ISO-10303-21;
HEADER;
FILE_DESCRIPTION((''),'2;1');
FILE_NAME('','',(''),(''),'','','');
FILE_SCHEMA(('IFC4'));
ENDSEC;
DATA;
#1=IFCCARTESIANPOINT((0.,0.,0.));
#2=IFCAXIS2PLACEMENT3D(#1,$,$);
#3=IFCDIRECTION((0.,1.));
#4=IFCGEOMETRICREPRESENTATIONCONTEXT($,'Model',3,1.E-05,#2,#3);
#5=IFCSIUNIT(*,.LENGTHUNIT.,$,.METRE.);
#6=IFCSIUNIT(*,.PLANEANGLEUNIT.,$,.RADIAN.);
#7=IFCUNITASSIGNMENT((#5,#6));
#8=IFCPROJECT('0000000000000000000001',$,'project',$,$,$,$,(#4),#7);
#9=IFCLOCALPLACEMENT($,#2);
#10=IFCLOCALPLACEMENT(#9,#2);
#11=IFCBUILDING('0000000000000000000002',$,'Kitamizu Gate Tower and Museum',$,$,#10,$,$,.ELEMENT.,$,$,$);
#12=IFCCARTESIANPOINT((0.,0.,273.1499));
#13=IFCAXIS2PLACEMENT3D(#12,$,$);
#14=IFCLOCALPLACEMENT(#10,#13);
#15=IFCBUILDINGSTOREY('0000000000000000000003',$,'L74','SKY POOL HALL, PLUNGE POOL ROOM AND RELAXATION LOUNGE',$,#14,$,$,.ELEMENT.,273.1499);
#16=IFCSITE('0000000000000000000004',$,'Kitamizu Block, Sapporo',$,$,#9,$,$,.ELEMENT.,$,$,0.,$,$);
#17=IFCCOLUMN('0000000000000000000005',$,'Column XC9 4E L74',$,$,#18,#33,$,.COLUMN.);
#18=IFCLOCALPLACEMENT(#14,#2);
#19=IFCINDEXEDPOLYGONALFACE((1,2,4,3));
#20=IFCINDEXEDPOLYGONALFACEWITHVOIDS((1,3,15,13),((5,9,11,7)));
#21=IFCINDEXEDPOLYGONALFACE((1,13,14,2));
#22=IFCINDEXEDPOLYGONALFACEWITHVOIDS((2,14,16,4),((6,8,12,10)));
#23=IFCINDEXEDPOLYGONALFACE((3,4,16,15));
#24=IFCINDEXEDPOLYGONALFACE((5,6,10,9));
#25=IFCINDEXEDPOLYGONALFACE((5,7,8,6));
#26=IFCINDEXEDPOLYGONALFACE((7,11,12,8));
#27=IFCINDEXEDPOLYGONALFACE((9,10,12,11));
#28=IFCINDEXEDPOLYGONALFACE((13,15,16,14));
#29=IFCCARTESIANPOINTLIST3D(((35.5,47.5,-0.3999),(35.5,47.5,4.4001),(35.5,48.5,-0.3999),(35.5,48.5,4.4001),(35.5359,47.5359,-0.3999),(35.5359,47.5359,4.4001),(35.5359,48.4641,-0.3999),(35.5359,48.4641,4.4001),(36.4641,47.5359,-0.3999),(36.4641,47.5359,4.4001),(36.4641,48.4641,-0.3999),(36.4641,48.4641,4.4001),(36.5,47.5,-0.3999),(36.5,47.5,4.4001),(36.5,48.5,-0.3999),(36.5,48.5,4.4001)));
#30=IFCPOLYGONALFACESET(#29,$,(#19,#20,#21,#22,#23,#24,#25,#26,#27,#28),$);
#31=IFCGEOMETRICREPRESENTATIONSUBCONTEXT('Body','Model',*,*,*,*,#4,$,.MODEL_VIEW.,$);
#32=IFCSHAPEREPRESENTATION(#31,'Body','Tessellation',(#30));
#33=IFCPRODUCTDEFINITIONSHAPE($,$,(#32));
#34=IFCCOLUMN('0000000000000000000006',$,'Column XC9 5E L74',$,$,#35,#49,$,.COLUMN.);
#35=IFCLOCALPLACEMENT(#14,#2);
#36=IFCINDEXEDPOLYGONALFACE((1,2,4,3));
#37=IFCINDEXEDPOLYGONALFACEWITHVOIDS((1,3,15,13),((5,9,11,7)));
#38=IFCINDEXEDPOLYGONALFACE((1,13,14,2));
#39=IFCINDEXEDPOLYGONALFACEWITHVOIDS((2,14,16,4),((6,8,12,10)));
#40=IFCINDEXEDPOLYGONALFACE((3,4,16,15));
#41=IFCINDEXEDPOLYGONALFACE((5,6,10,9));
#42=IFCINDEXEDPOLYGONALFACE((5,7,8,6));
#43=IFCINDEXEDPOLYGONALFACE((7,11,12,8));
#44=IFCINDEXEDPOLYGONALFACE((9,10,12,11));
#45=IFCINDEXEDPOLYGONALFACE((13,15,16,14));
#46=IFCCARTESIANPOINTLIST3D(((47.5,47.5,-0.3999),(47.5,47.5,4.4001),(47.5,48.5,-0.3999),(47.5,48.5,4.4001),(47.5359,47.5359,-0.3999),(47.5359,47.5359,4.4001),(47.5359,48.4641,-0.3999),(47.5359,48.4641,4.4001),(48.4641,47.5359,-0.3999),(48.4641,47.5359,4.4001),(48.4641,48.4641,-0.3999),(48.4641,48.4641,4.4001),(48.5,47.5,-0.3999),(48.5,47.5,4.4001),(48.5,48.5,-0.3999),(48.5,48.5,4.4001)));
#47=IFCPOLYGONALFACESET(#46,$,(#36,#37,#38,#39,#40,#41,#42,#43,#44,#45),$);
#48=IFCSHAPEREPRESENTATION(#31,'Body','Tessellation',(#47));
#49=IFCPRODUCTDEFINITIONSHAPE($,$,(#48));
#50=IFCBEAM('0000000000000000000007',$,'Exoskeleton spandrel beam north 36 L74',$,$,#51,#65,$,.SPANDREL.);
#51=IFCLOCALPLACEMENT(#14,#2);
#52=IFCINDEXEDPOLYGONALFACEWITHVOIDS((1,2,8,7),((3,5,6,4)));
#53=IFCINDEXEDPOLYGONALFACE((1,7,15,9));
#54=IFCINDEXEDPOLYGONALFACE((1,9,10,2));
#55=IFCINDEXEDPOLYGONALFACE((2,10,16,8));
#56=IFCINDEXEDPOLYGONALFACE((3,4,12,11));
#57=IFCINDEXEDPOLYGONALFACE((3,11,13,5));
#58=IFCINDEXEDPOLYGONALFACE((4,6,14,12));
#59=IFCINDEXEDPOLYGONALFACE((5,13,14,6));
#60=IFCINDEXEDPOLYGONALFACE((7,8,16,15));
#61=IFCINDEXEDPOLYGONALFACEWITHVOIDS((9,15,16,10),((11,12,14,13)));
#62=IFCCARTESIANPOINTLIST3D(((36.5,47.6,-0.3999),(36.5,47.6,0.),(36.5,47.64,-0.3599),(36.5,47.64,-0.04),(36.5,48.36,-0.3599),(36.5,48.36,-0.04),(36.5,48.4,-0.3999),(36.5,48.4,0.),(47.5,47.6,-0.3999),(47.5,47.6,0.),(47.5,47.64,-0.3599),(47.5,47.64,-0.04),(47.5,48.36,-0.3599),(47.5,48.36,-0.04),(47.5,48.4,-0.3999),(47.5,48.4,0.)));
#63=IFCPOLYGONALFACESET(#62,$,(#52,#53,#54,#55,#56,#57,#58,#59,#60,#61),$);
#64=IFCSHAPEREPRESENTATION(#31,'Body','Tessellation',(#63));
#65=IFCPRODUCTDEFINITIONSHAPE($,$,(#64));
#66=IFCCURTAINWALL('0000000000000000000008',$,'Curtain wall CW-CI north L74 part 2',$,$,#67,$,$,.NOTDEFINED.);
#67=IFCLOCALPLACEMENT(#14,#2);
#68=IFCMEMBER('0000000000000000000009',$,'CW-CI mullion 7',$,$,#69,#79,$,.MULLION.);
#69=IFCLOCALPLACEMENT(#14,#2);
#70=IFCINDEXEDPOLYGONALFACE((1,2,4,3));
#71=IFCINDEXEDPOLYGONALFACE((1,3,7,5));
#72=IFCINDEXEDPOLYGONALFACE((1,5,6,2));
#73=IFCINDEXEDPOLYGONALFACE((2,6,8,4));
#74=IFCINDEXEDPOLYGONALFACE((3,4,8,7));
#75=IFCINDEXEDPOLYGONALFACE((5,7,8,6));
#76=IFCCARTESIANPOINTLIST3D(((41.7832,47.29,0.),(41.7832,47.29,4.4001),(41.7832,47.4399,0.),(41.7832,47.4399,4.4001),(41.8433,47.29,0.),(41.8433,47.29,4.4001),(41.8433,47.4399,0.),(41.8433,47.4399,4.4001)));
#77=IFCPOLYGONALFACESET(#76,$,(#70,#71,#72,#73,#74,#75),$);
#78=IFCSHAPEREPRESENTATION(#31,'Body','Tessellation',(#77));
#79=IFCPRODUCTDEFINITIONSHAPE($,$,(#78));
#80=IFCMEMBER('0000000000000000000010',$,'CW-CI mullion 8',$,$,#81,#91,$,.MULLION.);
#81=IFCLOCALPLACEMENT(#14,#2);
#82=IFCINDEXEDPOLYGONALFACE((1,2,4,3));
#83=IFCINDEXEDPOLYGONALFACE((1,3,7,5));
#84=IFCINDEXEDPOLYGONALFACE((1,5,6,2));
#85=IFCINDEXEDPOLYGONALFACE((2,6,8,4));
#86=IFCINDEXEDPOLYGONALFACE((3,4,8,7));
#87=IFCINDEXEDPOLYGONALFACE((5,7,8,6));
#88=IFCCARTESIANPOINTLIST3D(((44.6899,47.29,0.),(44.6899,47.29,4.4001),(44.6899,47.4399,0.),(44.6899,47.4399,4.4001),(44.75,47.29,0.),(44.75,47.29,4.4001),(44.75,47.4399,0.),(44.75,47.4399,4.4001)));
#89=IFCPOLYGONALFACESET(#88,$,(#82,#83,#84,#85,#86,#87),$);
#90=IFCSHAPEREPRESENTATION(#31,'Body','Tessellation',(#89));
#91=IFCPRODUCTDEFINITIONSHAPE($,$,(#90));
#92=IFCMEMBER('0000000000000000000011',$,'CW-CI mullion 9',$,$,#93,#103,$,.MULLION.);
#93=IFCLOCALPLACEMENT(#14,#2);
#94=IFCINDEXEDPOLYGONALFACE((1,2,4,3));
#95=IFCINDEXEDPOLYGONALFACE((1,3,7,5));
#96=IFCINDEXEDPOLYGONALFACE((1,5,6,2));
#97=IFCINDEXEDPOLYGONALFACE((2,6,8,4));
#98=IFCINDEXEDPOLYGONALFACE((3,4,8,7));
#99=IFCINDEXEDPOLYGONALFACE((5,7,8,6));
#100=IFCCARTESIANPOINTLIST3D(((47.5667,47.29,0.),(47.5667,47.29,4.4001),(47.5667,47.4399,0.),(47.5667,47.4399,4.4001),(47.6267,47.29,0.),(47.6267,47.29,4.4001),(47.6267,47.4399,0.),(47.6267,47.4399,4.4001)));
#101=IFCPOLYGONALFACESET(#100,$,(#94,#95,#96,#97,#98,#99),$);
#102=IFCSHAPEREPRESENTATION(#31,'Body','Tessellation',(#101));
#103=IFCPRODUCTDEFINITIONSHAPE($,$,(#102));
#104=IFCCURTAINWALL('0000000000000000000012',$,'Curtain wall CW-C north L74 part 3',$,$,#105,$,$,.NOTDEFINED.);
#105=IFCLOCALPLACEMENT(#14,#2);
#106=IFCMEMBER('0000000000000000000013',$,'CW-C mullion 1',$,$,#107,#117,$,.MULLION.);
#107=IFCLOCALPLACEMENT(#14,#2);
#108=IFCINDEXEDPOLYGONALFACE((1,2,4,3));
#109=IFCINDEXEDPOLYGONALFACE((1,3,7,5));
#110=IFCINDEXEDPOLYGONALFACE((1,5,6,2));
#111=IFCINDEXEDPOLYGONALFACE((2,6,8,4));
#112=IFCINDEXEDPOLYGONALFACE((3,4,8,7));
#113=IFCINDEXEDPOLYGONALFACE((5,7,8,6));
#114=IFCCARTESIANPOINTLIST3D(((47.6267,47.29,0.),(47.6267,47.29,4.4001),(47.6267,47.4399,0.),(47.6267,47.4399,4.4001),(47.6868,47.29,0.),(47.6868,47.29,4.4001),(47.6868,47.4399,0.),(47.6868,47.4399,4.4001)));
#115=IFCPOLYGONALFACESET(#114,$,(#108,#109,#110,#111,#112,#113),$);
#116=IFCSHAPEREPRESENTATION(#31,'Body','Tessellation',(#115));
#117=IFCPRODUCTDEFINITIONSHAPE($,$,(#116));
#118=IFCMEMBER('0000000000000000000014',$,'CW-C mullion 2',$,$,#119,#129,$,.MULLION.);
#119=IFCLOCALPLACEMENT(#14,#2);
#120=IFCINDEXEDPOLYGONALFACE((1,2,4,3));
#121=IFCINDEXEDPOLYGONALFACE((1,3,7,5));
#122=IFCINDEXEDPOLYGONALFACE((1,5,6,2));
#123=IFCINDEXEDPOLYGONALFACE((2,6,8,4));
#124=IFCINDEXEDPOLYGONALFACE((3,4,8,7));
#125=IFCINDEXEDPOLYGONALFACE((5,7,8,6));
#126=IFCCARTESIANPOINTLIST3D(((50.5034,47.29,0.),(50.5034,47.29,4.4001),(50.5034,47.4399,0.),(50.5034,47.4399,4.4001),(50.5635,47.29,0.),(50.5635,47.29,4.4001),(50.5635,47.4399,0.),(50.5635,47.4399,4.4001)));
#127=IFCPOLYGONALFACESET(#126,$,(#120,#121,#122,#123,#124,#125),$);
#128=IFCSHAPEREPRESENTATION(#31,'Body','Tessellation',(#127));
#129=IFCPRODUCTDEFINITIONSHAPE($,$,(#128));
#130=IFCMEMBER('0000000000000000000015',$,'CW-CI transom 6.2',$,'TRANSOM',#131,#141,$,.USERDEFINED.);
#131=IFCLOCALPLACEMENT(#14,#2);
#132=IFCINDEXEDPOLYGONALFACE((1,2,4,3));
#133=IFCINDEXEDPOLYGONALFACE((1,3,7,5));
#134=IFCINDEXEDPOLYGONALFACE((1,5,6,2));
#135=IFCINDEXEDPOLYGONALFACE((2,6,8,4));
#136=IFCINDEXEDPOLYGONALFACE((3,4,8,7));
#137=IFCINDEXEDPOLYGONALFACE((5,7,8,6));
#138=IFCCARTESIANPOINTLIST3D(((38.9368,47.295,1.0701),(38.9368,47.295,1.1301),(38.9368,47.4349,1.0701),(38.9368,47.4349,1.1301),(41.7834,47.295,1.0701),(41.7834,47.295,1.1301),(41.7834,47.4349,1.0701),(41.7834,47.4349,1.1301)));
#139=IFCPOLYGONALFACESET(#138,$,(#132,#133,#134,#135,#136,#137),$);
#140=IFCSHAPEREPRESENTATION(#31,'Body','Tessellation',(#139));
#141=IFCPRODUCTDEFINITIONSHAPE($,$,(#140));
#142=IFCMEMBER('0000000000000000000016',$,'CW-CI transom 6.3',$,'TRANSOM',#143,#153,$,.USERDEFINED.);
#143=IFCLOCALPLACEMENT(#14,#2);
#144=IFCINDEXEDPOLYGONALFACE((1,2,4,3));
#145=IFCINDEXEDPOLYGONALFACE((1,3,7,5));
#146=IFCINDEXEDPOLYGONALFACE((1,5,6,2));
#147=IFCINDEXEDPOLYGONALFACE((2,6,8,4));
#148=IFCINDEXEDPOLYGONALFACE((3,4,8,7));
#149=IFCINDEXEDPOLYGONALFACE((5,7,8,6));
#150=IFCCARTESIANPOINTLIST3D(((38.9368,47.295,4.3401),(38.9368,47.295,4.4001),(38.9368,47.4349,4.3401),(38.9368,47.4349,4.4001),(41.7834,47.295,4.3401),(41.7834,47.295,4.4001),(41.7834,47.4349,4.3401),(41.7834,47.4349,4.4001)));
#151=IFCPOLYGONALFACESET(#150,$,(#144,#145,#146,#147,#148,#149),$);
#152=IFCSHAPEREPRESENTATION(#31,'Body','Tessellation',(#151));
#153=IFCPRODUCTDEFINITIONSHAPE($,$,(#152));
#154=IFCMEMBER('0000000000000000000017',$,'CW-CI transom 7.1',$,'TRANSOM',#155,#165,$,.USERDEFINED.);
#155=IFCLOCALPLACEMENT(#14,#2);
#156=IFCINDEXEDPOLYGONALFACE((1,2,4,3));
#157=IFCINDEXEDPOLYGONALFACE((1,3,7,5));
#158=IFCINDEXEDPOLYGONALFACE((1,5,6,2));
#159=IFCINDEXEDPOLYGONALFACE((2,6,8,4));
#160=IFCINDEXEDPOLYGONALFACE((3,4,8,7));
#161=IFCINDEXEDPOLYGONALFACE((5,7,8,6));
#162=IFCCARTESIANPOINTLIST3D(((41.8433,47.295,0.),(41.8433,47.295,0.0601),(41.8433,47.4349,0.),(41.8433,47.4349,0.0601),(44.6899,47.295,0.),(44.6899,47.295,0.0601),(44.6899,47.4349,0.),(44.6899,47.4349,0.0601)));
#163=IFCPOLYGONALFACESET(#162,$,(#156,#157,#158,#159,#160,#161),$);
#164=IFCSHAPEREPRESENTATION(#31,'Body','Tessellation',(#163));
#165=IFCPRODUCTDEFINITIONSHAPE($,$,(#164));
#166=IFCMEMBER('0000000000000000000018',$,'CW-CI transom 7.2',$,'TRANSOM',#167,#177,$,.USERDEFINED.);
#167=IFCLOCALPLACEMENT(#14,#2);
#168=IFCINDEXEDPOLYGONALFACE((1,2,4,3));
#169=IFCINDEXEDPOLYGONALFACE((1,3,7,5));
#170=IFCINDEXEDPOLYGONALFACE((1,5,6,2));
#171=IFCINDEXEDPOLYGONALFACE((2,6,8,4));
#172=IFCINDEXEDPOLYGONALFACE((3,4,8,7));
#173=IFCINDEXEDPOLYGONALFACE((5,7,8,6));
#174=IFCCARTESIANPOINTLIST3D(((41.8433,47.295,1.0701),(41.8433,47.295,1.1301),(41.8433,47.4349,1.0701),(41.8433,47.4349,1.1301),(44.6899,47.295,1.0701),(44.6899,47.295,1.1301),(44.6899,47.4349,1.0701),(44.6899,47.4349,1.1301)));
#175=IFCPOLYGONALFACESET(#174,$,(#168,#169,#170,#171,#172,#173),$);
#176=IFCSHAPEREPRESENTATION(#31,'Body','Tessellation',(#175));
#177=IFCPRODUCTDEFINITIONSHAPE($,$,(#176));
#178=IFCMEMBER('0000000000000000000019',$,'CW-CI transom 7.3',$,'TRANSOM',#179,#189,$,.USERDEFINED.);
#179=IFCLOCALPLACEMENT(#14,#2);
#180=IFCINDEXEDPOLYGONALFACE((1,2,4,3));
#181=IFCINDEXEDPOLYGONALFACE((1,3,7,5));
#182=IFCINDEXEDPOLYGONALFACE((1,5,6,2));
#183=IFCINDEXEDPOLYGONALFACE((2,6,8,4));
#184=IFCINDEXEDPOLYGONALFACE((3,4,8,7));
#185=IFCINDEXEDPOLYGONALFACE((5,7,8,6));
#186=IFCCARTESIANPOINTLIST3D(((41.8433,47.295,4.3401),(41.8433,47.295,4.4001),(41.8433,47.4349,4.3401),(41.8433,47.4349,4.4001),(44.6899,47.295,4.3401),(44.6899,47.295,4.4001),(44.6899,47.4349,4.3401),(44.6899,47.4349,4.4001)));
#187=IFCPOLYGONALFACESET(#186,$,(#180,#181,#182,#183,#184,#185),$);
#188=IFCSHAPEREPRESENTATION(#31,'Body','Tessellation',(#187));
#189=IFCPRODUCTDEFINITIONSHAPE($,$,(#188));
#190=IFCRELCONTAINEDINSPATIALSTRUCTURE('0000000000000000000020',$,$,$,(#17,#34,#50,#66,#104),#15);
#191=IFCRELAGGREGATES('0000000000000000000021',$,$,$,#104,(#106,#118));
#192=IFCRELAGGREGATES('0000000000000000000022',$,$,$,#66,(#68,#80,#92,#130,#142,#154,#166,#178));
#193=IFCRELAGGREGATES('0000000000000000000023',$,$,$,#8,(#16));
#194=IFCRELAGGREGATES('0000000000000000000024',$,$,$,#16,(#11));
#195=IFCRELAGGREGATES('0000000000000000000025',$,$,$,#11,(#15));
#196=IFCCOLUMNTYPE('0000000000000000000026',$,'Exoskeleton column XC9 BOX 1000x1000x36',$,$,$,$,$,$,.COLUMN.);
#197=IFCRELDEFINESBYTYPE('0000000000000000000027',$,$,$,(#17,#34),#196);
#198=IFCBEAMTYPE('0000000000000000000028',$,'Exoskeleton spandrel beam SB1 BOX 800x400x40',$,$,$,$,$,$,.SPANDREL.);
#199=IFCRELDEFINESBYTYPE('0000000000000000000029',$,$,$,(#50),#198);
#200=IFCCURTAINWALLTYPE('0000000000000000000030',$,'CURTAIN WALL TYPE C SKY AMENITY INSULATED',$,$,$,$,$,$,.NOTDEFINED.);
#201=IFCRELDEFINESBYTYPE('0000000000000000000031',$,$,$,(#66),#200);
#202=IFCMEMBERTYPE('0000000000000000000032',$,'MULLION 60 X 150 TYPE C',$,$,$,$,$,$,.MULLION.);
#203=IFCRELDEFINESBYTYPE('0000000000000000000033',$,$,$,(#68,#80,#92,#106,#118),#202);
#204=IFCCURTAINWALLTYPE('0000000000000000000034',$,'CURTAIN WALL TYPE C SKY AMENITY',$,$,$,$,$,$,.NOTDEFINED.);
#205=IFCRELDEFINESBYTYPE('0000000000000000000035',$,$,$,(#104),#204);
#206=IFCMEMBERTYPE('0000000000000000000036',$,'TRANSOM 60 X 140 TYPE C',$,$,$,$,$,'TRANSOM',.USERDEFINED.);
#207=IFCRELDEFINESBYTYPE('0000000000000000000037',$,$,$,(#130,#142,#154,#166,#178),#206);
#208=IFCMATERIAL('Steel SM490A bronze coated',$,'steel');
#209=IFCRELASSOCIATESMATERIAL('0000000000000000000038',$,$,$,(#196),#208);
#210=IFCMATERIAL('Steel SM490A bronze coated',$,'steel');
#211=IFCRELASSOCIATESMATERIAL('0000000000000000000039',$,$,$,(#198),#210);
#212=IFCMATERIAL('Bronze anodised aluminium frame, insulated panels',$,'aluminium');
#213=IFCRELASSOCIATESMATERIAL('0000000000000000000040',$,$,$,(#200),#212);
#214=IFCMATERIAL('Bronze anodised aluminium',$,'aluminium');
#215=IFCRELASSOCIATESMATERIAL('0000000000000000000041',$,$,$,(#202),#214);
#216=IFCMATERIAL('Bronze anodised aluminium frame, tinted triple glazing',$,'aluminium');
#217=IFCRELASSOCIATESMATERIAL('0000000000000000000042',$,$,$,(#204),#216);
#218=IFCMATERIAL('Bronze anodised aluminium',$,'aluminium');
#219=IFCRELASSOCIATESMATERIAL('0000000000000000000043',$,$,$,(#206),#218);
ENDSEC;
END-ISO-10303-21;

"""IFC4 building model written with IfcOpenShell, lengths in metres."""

from ifc_helpers import new_model, si_unit, direction, frame, origin, origin_2d, place, context, subcontext, project, spatial, rectangle, hollow_rectangle, extrude, material, material_profile, profile_set, type_object, element, aggregate, save


model = new_model("IFC4")

# Units and contexts
model_context = context("Model", 3, precision=1e-05, world=origin(), true_north=direction((0.0, 1.0)))
body_context = subcontext(model_context, "Body", "Model", "MODEL_VIEW")
ifc_project = project(units=[si_unit("LENGTHUNIT", "METRE"), si_unit("PLANEANGLEUNIT", "RADIAN")], contexts=[model_context])

# Site, building, storey
site_placement = place(None, origin())
site = spatial("IfcSite", under=ifc_project, at=site_placement, Name="Kitamizu Block, Sapporo", CompositionType="ELEMENT", RefElevation=0.0)
building_placement = place(site_placement, origin())
building = spatial("IfcBuilding", under=site, at=building_placement, Name="Kitamizu Gate Tower and Museum", CompositionType="ELEMENT")
storey_placement = place(building_placement, frame((0.0, 0.0, 273.1499)))
storey = spatial("IfcBuildingStorey", under=building, at=storey_placement, Name="L74", Description="SKY POOL HALL, PLUNGE POOL ROOM AND RELAXATION LOUNGE", CompositionType="ELEMENT", Elevation=273.1499)

# Columns
ifc_material_1 = material(Name="Steel SM490A bronze coated", Category="steel")
ifc_material_profile_1 = material_profile(ifc_material_1, hollow_rectangle(XDim=1.0, YDim=1.0, WallThickness=0.0359, at=origin_2d()), Name="BOX 1000x1000x36")
ifc_profile_set_1 = profile_set([ifc_material_profile_1], Name="Steel SM490A bronze coated")
column_type = type_object("IfcColumnType", Name="Exoskeleton column XC9 BOX 1000x1000x36", PredefinedType="COLUMN", material=ifc_profile_set_1)
for number, where, z_axis, x_axis, name in (
    (1, (36.0, 48.0, -0.3999), (0.0, 0.0, 1.0), (1.0, 0.0, 0.0), "Column XC9 4E L74"),
    (2, (48.0, 48.0, -0.3999), (0.0, 0.0, 1.0), (1.0, 0.0, 0.0), "Column XC9 5E L74"),
):
    element("IfcColumn", number, at=place(storey_placement, frame(where, z_axis=z_axis, x_axis=x_axis)), inside=storey, type_object=column_type, Name=name, PredefinedType="COLUMN", context=body_context, shape_type="SweptSolid", body=[
        extrude(hollow_rectangle(XDim=1.0, YDim=1.0, WallThickness=0.0359, at=origin_2d()), origin(), (0.0, 0.0, 1.0), 4.8),
    ])

# Beam
ifc_material_2 = material(Name="Steel SM490A bronze coated", Category="steel")
ifc_material_profile_2 = material_profile(ifc_material_2, hollow_rectangle(XDim=0.8, YDim=0.3999, WallThickness=0.04, at=origin_2d()), Name="BOX 800x400x40")
ifc_profile_set_2 = profile_set([ifc_material_profile_2], Name="Steel SM490A bronze coated")
beam_type = type_object("IfcBeamType", Name="Exoskeleton spandrel beam SB1 BOX 800x400x40", PredefinedType="SPANDREL", material=ifc_profile_set_2)
beam_placement = place(storey_placement, frame((36.5, 48.0, -0.2), z_axis=(1.0, 0.0, 0.0), x_axis=(0.0, 1.0, 0.0)))
element("IfcBeam", 3, at=beam_placement, inside=storey, type_object=beam_type, Name="Exoskeleton spandrel beam north 36 L74", PredefinedType="SPANDREL", context=body_context, shape_type="SweptSolid", body=[
    extrude(hollow_rectangle(XDim=0.8, YDim=0.3999, WallThickness=0.04, at=origin_2d()), origin(), (0.0, 0.0, 1.0), 11.0),
])

# Curtain walls, members
ifc_material_3 = material(Name="Bronze anodised aluminium frame, insulated panels", Category="aluminium")
curtain_wall_type_1 = type_object("IfcCurtainWallType", Name="CURTAIN WALL TYPE C SKY AMENITY INSULATED", PredefinedType="NOTDEFINED", material=ifc_material_3)
curtain_wall_1_placement = place(storey_placement, origin())
curtain_wall_1 = element("IfcCurtainWall", 4, at=curtain_wall_1_placement, inside=storey, type_object=curtain_wall_type_1, Name="Curtain wall CW-CI north L74 part 2", PredefinedType="NOTDEFINED")
ifc_material_4 = material(Name="Bronze anodised aluminium", Category="aluminium")
ifc_material_profile_3 = material_profile(ifc_material_4, rectangle(XDim=0.0601, YDim=0.1499, at=origin_2d()), Name="AL 60X150")
ifc_profile_set_3 = profile_set([ifc_material_profile_3], Name="Bronze anodised aluminium")
member_type_1 = type_object("IfcMemberType", Name="MULLION 60 X 150 TYPE C", PredefinedType="MULLION", material=ifc_profile_set_3)
member_1_placement = place(storey_placement, frame((41.8132, 47.365, 0.0), z_axis=(0.0, 0.0, 1.0), x_axis=(1.0, 0.0, 0.0)))
member_1 = element("IfcMember", 5, at=member_1_placement, type_object=member_type_1, Name="CW-CI mullion 7", PredefinedType="MULLION", context=body_context, shape_type="SweptSolid", body=[
    extrude(rectangle(XDim=0.0601, YDim=0.1499, at=origin_2d()), origin(), (0.0, 0.0, 1.0), 4.4001),
])
member_2_placement = place(storey_placement, frame((44.72, 47.365, 0.0), z_axis=(0.0, 0.0, 1.0), x_axis=(1.0, 0.0, 0.0)))
member_2 = element("IfcMember", 6, at=member_2_placement, type_object=member_type_1, Name="CW-CI mullion 8", PredefinedType="MULLION", context=body_context, shape_type="SweptSolid", body=[
    extrude(rectangle(XDim=0.0601, YDim=0.1499, at=origin_2d()), origin(), (0.0, 0.0, 1.0), 4.4001),
])
member_3_placement = place(storey_placement, frame((47.5967, 47.365, 0.0), z_axis=(0.0, 0.0, 1.0), x_axis=(1.0, 0.0, 0.0)))
member_3 = element("IfcMember", 7, at=member_3_placement, type_object=member_type_1, Name="CW-CI mullion 9", PredefinedType="MULLION", context=body_context, shape_type="SweptSolid", body=[
    extrude(rectangle(XDim=0.0601, YDim=0.1499, at=origin_2d()), origin(), (0.0, 0.0, 1.0), 4.4001),
])
ifc_material_5 = material(Name="Bronze anodised aluminium frame, tinted triple glazing", Category="aluminium")
curtain_wall_type_2 = type_object("IfcCurtainWallType", Name="CURTAIN WALL TYPE C SKY AMENITY", PredefinedType="NOTDEFINED", material=ifc_material_5)
curtain_wall_2_placement = place(storey_placement, origin())
curtain_wall_2 = element("IfcCurtainWall", 8, at=curtain_wall_2_placement, inside=storey, type_object=curtain_wall_type_2, Name="Curtain wall CW-C north L74 part 3", PredefinedType="NOTDEFINED")
member_4_placement = place(storey_placement, frame((47.6567, 47.365, 0.0), z_axis=(0.0, 0.0, 1.0), x_axis=(1.0, 0.0, 0.0)))
member_4 = element("IfcMember", 9, at=member_4_placement, type_object=member_type_1, Name="CW-C mullion 1", PredefinedType="MULLION", context=body_context, shape_type="SweptSolid", body=[
    extrude(rectangle(XDim=0.0601, YDim=0.1499, at=origin_2d()), origin(), (0.0, 0.0, 1.0), 4.4001),
])
member_5_placement = place(storey_placement, frame((50.5334, 47.365, 0.0), z_axis=(0.0, 0.0, 1.0), x_axis=(1.0, 0.0, 0.0)))
member_5 = element("IfcMember", 10, at=member_5_placement, type_object=member_type_1, Name="CW-C mullion 2", PredefinedType="MULLION", context=body_context, shape_type="SweptSolid", body=[
    extrude(rectangle(XDim=0.0601, YDim=0.1499, at=origin_2d()), origin(), (0.0, 0.0, 1.0), 4.4001),
])

# Members
ifc_material_6 = material(Name="Bronze anodised aluminium", Category="aluminium")
ifc_material_profile_4 = material_profile(ifc_material_6, rectangle(XDim=0.1399, YDim=0.0601, at=origin_2d()), Name="AL 60X140")
ifc_profile_set_4 = profile_set([ifc_material_profile_4], Name="Bronze anodised aluminium")
member_type_2 = type_object("IfcMemberType", Name="TRANSOM 60 X 140 TYPE C", ElementType="TRANSOM", PredefinedType="USERDEFINED", material=ifc_profile_set_4)
member_6_placement = place(storey_placement, frame((38.9368, 47.365, 1.1001), z_axis=(1.0, 0.0, 0.0), x_axis=(0.0, 1.0, 0.0)))
member_6 = element("IfcMember", 11, at=member_6_placement, type_object=member_type_2, Name="CW-CI transom 6.2", ObjectType="TRANSOM", PredefinedType="USERDEFINED", context=body_context, shape_type="SweptSolid", body=[
    extrude(rectangle(XDim=0.1399, YDim=0.0601, at=origin_2d()), origin(), (0.0, 0.0, 1.0), 2.8467),
])
member_7_placement = place(storey_placement, frame((38.9368, 47.365, 4.3701), z_axis=(1.0, 0.0, 0.0), x_axis=(0.0, 1.0, 0.0)))
member_7 = element("IfcMember", 12, at=member_7_placement, type_object=member_type_2, Name="CW-CI transom 6.3", ObjectType="TRANSOM", PredefinedType="USERDEFINED", context=body_context, shape_type="SweptSolid", body=[
    extrude(rectangle(XDim=0.1399, YDim=0.0601, at=origin_2d()), origin(), (0.0, 0.0, 1.0), 2.8467),
])
member_8_placement = place(storey_placement, frame((41.8433, 47.365, 0.03), z_axis=(1.0, 0.0, 0.0), x_axis=(0.0, 1.0, 0.0)))
member_8 = element("IfcMember", 13, at=member_8_placement, type_object=member_type_2, Name="CW-CI transom 7.1", ObjectType="TRANSOM", PredefinedType="USERDEFINED", context=body_context, shape_type="SweptSolid", body=[
    extrude(rectangle(XDim=0.1399, YDim=0.0601, at=origin_2d()), origin(), (0.0, 0.0, 1.0), 2.8467),
])
member_9_placement = place(storey_placement, frame((41.8433, 47.365, 1.1001), z_axis=(1.0, 0.0, 0.0), x_axis=(0.0, 1.0, 0.0)))
member_9 = element("IfcMember", 14, at=member_9_placement, type_object=member_type_2, Name="CW-CI transom 7.2", ObjectType="TRANSOM", PredefinedType="USERDEFINED", context=body_context, shape_type="SweptSolid", body=[
    extrude(rectangle(XDim=0.1399, YDim=0.0601, at=origin_2d()), origin(), (0.0, 0.0, 1.0), 2.8467),
])
member_10_placement = place(storey_placement, frame((41.8433, 47.365, 4.3701), z_axis=(1.0, 0.0, 0.0), x_axis=(0.0, 1.0, 0.0)))
member_10 = element("IfcMember", 15, at=member_10_placement, type_object=member_type_2, Name="CW-CI transom 7.3", ObjectType="TRANSOM", PredefinedType="USERDEFINED", context=body_context, shape_type="SweptSolid", body=[
    extrude(rectangle(XDim=0.1399, YDim=0.0601, at=origin_2d()), origin(), (0.0, 0.0, 1.0), 2.8467),
])

aggregate(curtain_wall_2, [member_4, member_5])
aggregate(curtain_wall_1, [member_1, member_2, member_3, member_6, member_7, member_8, member_9, member_10])

save(model, "model.ifc")
